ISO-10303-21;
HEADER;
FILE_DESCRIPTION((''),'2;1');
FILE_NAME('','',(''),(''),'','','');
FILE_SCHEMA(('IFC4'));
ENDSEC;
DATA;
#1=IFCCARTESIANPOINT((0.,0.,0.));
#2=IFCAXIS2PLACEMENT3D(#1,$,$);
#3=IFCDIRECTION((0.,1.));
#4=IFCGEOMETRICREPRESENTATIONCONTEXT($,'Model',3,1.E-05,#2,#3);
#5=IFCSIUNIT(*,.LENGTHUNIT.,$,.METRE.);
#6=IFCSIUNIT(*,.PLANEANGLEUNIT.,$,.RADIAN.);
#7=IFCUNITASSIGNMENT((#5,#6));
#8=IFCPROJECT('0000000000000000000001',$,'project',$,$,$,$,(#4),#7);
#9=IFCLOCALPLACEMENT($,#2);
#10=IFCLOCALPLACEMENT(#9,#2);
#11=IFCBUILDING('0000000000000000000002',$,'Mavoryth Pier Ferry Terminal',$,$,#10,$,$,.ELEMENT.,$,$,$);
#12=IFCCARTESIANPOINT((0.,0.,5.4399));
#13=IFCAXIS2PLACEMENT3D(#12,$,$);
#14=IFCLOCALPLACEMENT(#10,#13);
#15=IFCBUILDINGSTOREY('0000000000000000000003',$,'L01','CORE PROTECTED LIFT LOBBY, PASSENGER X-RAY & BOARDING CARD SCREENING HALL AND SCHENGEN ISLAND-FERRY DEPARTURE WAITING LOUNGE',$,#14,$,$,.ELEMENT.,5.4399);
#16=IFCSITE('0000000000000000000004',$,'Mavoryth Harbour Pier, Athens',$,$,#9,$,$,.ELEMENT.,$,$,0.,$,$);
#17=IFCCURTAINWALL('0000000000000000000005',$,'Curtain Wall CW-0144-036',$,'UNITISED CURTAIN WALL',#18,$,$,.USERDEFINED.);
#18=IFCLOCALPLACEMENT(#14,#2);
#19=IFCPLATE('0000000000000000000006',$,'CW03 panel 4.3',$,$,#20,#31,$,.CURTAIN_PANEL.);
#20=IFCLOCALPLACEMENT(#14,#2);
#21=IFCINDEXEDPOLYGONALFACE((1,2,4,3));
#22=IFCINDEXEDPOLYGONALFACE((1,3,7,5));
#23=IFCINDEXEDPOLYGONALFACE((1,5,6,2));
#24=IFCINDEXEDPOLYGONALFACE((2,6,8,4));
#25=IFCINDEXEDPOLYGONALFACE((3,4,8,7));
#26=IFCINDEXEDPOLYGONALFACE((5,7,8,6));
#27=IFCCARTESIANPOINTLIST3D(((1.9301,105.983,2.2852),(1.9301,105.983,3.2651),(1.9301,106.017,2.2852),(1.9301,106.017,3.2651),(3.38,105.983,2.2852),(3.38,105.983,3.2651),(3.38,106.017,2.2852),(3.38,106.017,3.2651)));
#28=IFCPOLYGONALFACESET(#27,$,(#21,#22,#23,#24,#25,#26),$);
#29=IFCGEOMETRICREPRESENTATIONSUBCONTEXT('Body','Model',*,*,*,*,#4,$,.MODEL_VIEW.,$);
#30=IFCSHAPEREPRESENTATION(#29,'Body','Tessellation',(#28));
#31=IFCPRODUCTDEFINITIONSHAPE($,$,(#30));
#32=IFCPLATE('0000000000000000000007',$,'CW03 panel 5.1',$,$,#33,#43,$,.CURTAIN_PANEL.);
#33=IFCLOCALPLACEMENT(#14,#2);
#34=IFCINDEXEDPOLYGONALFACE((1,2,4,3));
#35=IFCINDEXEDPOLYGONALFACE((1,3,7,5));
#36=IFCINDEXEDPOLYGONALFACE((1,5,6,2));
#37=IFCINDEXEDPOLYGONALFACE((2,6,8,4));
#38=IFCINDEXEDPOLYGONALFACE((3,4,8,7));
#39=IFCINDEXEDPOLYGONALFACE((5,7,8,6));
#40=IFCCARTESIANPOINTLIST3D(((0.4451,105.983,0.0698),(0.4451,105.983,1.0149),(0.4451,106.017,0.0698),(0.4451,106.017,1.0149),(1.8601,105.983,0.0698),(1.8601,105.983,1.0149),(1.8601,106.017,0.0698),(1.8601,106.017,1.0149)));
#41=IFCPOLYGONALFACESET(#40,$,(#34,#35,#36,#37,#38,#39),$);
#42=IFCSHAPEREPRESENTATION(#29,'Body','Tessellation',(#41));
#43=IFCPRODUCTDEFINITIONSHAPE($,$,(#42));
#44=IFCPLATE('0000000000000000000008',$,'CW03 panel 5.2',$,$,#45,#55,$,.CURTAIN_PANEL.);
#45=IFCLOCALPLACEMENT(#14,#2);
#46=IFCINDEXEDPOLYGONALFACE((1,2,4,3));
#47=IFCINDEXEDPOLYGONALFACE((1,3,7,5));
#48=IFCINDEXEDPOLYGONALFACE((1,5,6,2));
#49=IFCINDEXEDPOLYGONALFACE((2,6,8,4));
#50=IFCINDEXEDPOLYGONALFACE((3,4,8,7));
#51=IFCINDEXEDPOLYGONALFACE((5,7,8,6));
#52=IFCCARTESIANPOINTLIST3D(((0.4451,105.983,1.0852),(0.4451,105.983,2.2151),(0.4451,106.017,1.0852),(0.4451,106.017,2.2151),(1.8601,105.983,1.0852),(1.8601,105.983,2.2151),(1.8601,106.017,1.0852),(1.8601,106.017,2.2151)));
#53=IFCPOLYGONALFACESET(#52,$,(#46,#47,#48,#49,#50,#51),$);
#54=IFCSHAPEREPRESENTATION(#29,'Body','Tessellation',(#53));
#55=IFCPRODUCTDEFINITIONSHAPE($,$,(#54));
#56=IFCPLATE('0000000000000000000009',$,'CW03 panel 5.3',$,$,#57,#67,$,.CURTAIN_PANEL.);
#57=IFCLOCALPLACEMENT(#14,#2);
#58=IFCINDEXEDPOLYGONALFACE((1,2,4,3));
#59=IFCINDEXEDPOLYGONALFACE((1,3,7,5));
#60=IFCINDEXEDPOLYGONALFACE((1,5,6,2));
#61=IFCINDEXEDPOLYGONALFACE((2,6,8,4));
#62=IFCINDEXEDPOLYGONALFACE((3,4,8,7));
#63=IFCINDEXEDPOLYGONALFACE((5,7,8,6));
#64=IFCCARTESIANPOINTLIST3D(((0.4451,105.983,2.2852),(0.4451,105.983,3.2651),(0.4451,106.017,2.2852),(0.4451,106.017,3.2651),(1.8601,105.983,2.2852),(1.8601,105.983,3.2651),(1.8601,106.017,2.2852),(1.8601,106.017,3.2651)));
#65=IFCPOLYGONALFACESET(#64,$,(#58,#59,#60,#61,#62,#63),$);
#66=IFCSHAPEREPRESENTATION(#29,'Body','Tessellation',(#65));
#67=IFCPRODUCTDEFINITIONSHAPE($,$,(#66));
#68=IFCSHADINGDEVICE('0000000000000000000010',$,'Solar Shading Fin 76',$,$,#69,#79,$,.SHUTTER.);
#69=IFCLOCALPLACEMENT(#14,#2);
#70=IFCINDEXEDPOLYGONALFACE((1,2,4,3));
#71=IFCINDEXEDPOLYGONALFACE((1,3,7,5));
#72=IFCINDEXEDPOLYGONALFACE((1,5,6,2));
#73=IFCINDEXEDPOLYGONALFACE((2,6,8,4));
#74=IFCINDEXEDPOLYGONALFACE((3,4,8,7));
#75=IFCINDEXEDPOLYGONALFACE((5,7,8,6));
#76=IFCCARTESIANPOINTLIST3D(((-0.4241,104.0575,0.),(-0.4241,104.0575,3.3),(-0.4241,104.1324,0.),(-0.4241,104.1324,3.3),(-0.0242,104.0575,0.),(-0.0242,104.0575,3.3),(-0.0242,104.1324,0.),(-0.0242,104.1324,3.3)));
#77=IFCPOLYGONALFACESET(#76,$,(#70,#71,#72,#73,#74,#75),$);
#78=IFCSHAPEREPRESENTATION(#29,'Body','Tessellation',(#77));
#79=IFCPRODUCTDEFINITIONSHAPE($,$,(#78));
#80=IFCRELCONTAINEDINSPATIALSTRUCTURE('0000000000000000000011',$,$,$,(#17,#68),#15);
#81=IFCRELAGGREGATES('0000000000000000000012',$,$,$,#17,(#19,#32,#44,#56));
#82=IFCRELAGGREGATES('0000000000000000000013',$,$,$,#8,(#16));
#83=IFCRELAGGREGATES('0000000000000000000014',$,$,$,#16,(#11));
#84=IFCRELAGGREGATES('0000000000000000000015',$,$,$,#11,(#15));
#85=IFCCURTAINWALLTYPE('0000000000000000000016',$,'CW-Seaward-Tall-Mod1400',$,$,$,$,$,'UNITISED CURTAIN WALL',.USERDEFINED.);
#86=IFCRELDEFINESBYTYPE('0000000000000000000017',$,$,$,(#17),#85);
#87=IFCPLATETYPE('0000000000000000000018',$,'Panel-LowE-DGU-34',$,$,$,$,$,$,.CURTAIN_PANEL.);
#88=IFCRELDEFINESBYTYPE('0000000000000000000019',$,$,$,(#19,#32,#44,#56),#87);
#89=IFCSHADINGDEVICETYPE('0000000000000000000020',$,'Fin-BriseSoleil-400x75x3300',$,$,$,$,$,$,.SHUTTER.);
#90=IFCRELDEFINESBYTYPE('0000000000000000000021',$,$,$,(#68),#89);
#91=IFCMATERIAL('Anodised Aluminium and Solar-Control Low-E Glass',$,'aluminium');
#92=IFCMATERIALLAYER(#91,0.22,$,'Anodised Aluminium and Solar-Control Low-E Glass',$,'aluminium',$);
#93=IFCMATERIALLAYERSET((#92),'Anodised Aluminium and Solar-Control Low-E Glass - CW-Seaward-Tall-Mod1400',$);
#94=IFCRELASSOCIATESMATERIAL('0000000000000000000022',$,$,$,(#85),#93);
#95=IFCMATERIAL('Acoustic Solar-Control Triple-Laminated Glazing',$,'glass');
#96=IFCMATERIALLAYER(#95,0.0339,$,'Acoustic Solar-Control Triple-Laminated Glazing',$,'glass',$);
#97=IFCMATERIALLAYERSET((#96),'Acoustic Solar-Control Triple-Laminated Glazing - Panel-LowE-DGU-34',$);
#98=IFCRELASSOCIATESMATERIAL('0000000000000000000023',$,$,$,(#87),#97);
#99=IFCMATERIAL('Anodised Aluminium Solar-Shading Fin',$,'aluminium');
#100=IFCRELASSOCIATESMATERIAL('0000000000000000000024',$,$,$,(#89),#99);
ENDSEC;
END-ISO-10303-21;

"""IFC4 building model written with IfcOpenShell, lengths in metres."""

from ifc_helpers import new_model, si_unit, direction, frame, origin, origin_2d, place, context, subcontext, project, spatial, rectangle, extrude, material, layer, layer_set, type_object, element, aggregate, save


model = new_model("IFC4")

# Units and contexts
model_context = context("Model", 3, precision=1e-05, world=origin(), true_north=direction((0.0, 1.0)))
body_context = subcontext(model_context, "Body", "Model", "MODEL_VIEW")
ifc_project = project(units=[si_unit("LENGTHUNIT", "METRE"), si_unit("PLANEANGLEUNIT", "RADIAN")], contexts=[model_context])

# Site, building, storey
site_placement = place(None, origin())
site = spatial("IfcSite", under=ifc_project, at=site_placement, Name="Mavoryth Harbour Pier, Athens", CompositionType="ELEMENT", RefElevation=0.0)
building_placement = place(site_placement, origin())
building = spatial("IfcBuilding", under=site, at=building_placement, Name="Mavoryth Pier Ferry Terminal", CompositionType="ELEMENT")
storey_placement = place(building_placement, frame((0.0, 0.0, 5.4399)))
storey = spatial("IfcBuildingStorey", under=building, at=storey_placement, Name="L01", Description="CORE PROTECTED LIFT LOBBY, PASSENGER X-RAY & BOARDING CARD SCREENING HALL AND SCHENGEN ISLAND-FERRY DEPARTURE WAITING LOUNGE", CompositionType="ELEMENT", Elevation=5.4399)

# Curtain wall
ifc_material_1 = material(Name="Anodised Aluminium and Solar-Control Low-E Glass", Category="aluminium")
ifc_layer_1 = layer(ifc_material_1, 0.22, Name="Anodised Aluminium and Solar-Control Low-E Glass", Category="aluminium")
ifc_layer_set_1 = layer_set([ifc_layer_1], Name="Anodised Aluminium and Solar-Control Low-E Glass - CW-Seaward-Tall-Mod1400")
curtain_wall_type_1 = type_object("IfcCurtainWallType", Name="CW-Seaward-Tall-Mod1400", ElementType="UNITISED CURTAIN WALL", PredefinedType="USERDEFINED", material=ifc_layer_set_1)
curtain_wall_1_placement = place(storey_placement, origin())
curtain_wall_1 = element("IfcCurtainWall", 1, at=curtain_wall_1_placement, inside=storey, type_object=curtain_wall_type_1, Name="Curtain Wall CW-0144-036", ObjectType="UNITISED CURTAIN WALL", PredefinedType="USERDEFINED")

# Plates
ifc_material_2 = material(Name="Acoustic Solar-Control Triple-Laminated Glazing", Category="glass")
ifc_layer_2 = layer(ifc_material_2, 0.0339, Name="Acoustic Solar-Control Triple-Laminated Glazing", Category="glass")
ifc_layer_set_2 = layer_set([ifc_layer_2], Name="Acoustic Solar-Control Triple-Laminated Glazing - Panel-LowE-DGU-34")
plate_type_1 = type_object("IfcPlateType", Name="Panel-LowE-DGU-34", PredefinedType="CURTAIN_PANEL", material=ifc_layer_set_2)
plate_1_placement = place(storey_placement, frame((2.655, 106.0, 2.2852), z_axis=(0.0, 0.0, 1.0), x_axis=(-1.0, 0.0, 0.0)))
plate_1 = element("IfcPlate", 2, at=plate_1_placement, type_object=plate_type_1, Name="CW03 panel 4.3", PredefinedType="CURTAIN_PANEL", context=body_context, shape_type="SweptSolid", body=[
    extrude(rectangle(XDim=1.45, YDim=0.0339, at=origin_2d()), origin(), (0.0, 0.0, 1.0), 0.98),
])
plate_2_placement = place(storey_placement, frame((1.1526, 106.0, 0.0698), z_axis=(0.0, 0.0, 1.0), x_axis=(-1.0, 0.0, 0.0)))
plate_2 = element("IfcPlate", 3, at=plate_2_placement, type_object=plate_type_1, Name="CW03 panel 5.1", PredefinedType="CURTAIN_PANEL", context=body_context, shape_type="SweptSolid", body=[
    extrude(rectangle(XDim=1.415, YDim=0.0339, at=origin_2d()), origin(), (0.0, 0.0, 1.0), 0.9451),
])
plate_3_placement = place(storey_placement, frame((1.1526, 106.0, 1.0852), z_axis=(0.0, 0.0, 1.0), x_axis=(-1.0, 0.0, 0.0)))
plate_3 = element("IfcPlate", 4, at=plate_3_placement, type_object=plate_type_1, Name="CW03 panel 5.2", PredefinedType="CURTAIN_PANEL", context=body_context, shape_type="SweptSolid", body=[
    extrude(rectangle(XDim=1.415, YDim=0.0339, at=origin_2d()), origin(), (0.0, 0.0, 1.0), 1.1299),
])
plate_4_placement = place(storey_placement, frame((1.1526, 106.0, 2.2852), z_axis=(0.0, 0.0, 1.0), x_axis=(-1.0, 0.0, 0.0)))
plate_4 = element("IfcPlate", 5, at=plate_4_placement, type_object=plate_type_1, Name="CW03 panel 5.3", PredefinedType="CURTAIN_PANEL", context=body_context, shape_type="SweptSolid", body=[
    extrude(rectangle(XDim=1.415, YDim=0.0339, at=origin_2d()), origin(), (0.0, 0.0, 1.0), 0.98),
])
aggregate(curtain_wall_1, [plate_1, plate_2, plate_3, plate_4])

# Shading device
ifc_material_3 = material(Name="Anodised Aluminium Solar-Shading Fin", Category="aluminium")
shading_device_type = type_object("IfcShadingDeviceType", Name="Fin-BriseSoleil-400x75x3300", PredefinedType="SHUTTER", material=ifc_material_3)
shading_device_placement = place(storey_placement, frame((-0.2241, 104.095, 0.0), z_axis=(0.0, 0.0, 1.0), x_axis=(0.0, -1.0, 0.0)))
element("IfcShadingDevice", 6, at=shading_device_placement, inside=storey, type_object=shading_device_type, Name="Solar Shading Fin 76", PredefinedType="SHUTTER", context=body_context, shape_type="SweptSolid", body=[
    extrude(rectangle(XDim=0.075, YDim=0.3999, at=origin_2d()), origin(), (0.0, 0.0, 1.0), 3.3),
])

save(model, "model.ifc")
